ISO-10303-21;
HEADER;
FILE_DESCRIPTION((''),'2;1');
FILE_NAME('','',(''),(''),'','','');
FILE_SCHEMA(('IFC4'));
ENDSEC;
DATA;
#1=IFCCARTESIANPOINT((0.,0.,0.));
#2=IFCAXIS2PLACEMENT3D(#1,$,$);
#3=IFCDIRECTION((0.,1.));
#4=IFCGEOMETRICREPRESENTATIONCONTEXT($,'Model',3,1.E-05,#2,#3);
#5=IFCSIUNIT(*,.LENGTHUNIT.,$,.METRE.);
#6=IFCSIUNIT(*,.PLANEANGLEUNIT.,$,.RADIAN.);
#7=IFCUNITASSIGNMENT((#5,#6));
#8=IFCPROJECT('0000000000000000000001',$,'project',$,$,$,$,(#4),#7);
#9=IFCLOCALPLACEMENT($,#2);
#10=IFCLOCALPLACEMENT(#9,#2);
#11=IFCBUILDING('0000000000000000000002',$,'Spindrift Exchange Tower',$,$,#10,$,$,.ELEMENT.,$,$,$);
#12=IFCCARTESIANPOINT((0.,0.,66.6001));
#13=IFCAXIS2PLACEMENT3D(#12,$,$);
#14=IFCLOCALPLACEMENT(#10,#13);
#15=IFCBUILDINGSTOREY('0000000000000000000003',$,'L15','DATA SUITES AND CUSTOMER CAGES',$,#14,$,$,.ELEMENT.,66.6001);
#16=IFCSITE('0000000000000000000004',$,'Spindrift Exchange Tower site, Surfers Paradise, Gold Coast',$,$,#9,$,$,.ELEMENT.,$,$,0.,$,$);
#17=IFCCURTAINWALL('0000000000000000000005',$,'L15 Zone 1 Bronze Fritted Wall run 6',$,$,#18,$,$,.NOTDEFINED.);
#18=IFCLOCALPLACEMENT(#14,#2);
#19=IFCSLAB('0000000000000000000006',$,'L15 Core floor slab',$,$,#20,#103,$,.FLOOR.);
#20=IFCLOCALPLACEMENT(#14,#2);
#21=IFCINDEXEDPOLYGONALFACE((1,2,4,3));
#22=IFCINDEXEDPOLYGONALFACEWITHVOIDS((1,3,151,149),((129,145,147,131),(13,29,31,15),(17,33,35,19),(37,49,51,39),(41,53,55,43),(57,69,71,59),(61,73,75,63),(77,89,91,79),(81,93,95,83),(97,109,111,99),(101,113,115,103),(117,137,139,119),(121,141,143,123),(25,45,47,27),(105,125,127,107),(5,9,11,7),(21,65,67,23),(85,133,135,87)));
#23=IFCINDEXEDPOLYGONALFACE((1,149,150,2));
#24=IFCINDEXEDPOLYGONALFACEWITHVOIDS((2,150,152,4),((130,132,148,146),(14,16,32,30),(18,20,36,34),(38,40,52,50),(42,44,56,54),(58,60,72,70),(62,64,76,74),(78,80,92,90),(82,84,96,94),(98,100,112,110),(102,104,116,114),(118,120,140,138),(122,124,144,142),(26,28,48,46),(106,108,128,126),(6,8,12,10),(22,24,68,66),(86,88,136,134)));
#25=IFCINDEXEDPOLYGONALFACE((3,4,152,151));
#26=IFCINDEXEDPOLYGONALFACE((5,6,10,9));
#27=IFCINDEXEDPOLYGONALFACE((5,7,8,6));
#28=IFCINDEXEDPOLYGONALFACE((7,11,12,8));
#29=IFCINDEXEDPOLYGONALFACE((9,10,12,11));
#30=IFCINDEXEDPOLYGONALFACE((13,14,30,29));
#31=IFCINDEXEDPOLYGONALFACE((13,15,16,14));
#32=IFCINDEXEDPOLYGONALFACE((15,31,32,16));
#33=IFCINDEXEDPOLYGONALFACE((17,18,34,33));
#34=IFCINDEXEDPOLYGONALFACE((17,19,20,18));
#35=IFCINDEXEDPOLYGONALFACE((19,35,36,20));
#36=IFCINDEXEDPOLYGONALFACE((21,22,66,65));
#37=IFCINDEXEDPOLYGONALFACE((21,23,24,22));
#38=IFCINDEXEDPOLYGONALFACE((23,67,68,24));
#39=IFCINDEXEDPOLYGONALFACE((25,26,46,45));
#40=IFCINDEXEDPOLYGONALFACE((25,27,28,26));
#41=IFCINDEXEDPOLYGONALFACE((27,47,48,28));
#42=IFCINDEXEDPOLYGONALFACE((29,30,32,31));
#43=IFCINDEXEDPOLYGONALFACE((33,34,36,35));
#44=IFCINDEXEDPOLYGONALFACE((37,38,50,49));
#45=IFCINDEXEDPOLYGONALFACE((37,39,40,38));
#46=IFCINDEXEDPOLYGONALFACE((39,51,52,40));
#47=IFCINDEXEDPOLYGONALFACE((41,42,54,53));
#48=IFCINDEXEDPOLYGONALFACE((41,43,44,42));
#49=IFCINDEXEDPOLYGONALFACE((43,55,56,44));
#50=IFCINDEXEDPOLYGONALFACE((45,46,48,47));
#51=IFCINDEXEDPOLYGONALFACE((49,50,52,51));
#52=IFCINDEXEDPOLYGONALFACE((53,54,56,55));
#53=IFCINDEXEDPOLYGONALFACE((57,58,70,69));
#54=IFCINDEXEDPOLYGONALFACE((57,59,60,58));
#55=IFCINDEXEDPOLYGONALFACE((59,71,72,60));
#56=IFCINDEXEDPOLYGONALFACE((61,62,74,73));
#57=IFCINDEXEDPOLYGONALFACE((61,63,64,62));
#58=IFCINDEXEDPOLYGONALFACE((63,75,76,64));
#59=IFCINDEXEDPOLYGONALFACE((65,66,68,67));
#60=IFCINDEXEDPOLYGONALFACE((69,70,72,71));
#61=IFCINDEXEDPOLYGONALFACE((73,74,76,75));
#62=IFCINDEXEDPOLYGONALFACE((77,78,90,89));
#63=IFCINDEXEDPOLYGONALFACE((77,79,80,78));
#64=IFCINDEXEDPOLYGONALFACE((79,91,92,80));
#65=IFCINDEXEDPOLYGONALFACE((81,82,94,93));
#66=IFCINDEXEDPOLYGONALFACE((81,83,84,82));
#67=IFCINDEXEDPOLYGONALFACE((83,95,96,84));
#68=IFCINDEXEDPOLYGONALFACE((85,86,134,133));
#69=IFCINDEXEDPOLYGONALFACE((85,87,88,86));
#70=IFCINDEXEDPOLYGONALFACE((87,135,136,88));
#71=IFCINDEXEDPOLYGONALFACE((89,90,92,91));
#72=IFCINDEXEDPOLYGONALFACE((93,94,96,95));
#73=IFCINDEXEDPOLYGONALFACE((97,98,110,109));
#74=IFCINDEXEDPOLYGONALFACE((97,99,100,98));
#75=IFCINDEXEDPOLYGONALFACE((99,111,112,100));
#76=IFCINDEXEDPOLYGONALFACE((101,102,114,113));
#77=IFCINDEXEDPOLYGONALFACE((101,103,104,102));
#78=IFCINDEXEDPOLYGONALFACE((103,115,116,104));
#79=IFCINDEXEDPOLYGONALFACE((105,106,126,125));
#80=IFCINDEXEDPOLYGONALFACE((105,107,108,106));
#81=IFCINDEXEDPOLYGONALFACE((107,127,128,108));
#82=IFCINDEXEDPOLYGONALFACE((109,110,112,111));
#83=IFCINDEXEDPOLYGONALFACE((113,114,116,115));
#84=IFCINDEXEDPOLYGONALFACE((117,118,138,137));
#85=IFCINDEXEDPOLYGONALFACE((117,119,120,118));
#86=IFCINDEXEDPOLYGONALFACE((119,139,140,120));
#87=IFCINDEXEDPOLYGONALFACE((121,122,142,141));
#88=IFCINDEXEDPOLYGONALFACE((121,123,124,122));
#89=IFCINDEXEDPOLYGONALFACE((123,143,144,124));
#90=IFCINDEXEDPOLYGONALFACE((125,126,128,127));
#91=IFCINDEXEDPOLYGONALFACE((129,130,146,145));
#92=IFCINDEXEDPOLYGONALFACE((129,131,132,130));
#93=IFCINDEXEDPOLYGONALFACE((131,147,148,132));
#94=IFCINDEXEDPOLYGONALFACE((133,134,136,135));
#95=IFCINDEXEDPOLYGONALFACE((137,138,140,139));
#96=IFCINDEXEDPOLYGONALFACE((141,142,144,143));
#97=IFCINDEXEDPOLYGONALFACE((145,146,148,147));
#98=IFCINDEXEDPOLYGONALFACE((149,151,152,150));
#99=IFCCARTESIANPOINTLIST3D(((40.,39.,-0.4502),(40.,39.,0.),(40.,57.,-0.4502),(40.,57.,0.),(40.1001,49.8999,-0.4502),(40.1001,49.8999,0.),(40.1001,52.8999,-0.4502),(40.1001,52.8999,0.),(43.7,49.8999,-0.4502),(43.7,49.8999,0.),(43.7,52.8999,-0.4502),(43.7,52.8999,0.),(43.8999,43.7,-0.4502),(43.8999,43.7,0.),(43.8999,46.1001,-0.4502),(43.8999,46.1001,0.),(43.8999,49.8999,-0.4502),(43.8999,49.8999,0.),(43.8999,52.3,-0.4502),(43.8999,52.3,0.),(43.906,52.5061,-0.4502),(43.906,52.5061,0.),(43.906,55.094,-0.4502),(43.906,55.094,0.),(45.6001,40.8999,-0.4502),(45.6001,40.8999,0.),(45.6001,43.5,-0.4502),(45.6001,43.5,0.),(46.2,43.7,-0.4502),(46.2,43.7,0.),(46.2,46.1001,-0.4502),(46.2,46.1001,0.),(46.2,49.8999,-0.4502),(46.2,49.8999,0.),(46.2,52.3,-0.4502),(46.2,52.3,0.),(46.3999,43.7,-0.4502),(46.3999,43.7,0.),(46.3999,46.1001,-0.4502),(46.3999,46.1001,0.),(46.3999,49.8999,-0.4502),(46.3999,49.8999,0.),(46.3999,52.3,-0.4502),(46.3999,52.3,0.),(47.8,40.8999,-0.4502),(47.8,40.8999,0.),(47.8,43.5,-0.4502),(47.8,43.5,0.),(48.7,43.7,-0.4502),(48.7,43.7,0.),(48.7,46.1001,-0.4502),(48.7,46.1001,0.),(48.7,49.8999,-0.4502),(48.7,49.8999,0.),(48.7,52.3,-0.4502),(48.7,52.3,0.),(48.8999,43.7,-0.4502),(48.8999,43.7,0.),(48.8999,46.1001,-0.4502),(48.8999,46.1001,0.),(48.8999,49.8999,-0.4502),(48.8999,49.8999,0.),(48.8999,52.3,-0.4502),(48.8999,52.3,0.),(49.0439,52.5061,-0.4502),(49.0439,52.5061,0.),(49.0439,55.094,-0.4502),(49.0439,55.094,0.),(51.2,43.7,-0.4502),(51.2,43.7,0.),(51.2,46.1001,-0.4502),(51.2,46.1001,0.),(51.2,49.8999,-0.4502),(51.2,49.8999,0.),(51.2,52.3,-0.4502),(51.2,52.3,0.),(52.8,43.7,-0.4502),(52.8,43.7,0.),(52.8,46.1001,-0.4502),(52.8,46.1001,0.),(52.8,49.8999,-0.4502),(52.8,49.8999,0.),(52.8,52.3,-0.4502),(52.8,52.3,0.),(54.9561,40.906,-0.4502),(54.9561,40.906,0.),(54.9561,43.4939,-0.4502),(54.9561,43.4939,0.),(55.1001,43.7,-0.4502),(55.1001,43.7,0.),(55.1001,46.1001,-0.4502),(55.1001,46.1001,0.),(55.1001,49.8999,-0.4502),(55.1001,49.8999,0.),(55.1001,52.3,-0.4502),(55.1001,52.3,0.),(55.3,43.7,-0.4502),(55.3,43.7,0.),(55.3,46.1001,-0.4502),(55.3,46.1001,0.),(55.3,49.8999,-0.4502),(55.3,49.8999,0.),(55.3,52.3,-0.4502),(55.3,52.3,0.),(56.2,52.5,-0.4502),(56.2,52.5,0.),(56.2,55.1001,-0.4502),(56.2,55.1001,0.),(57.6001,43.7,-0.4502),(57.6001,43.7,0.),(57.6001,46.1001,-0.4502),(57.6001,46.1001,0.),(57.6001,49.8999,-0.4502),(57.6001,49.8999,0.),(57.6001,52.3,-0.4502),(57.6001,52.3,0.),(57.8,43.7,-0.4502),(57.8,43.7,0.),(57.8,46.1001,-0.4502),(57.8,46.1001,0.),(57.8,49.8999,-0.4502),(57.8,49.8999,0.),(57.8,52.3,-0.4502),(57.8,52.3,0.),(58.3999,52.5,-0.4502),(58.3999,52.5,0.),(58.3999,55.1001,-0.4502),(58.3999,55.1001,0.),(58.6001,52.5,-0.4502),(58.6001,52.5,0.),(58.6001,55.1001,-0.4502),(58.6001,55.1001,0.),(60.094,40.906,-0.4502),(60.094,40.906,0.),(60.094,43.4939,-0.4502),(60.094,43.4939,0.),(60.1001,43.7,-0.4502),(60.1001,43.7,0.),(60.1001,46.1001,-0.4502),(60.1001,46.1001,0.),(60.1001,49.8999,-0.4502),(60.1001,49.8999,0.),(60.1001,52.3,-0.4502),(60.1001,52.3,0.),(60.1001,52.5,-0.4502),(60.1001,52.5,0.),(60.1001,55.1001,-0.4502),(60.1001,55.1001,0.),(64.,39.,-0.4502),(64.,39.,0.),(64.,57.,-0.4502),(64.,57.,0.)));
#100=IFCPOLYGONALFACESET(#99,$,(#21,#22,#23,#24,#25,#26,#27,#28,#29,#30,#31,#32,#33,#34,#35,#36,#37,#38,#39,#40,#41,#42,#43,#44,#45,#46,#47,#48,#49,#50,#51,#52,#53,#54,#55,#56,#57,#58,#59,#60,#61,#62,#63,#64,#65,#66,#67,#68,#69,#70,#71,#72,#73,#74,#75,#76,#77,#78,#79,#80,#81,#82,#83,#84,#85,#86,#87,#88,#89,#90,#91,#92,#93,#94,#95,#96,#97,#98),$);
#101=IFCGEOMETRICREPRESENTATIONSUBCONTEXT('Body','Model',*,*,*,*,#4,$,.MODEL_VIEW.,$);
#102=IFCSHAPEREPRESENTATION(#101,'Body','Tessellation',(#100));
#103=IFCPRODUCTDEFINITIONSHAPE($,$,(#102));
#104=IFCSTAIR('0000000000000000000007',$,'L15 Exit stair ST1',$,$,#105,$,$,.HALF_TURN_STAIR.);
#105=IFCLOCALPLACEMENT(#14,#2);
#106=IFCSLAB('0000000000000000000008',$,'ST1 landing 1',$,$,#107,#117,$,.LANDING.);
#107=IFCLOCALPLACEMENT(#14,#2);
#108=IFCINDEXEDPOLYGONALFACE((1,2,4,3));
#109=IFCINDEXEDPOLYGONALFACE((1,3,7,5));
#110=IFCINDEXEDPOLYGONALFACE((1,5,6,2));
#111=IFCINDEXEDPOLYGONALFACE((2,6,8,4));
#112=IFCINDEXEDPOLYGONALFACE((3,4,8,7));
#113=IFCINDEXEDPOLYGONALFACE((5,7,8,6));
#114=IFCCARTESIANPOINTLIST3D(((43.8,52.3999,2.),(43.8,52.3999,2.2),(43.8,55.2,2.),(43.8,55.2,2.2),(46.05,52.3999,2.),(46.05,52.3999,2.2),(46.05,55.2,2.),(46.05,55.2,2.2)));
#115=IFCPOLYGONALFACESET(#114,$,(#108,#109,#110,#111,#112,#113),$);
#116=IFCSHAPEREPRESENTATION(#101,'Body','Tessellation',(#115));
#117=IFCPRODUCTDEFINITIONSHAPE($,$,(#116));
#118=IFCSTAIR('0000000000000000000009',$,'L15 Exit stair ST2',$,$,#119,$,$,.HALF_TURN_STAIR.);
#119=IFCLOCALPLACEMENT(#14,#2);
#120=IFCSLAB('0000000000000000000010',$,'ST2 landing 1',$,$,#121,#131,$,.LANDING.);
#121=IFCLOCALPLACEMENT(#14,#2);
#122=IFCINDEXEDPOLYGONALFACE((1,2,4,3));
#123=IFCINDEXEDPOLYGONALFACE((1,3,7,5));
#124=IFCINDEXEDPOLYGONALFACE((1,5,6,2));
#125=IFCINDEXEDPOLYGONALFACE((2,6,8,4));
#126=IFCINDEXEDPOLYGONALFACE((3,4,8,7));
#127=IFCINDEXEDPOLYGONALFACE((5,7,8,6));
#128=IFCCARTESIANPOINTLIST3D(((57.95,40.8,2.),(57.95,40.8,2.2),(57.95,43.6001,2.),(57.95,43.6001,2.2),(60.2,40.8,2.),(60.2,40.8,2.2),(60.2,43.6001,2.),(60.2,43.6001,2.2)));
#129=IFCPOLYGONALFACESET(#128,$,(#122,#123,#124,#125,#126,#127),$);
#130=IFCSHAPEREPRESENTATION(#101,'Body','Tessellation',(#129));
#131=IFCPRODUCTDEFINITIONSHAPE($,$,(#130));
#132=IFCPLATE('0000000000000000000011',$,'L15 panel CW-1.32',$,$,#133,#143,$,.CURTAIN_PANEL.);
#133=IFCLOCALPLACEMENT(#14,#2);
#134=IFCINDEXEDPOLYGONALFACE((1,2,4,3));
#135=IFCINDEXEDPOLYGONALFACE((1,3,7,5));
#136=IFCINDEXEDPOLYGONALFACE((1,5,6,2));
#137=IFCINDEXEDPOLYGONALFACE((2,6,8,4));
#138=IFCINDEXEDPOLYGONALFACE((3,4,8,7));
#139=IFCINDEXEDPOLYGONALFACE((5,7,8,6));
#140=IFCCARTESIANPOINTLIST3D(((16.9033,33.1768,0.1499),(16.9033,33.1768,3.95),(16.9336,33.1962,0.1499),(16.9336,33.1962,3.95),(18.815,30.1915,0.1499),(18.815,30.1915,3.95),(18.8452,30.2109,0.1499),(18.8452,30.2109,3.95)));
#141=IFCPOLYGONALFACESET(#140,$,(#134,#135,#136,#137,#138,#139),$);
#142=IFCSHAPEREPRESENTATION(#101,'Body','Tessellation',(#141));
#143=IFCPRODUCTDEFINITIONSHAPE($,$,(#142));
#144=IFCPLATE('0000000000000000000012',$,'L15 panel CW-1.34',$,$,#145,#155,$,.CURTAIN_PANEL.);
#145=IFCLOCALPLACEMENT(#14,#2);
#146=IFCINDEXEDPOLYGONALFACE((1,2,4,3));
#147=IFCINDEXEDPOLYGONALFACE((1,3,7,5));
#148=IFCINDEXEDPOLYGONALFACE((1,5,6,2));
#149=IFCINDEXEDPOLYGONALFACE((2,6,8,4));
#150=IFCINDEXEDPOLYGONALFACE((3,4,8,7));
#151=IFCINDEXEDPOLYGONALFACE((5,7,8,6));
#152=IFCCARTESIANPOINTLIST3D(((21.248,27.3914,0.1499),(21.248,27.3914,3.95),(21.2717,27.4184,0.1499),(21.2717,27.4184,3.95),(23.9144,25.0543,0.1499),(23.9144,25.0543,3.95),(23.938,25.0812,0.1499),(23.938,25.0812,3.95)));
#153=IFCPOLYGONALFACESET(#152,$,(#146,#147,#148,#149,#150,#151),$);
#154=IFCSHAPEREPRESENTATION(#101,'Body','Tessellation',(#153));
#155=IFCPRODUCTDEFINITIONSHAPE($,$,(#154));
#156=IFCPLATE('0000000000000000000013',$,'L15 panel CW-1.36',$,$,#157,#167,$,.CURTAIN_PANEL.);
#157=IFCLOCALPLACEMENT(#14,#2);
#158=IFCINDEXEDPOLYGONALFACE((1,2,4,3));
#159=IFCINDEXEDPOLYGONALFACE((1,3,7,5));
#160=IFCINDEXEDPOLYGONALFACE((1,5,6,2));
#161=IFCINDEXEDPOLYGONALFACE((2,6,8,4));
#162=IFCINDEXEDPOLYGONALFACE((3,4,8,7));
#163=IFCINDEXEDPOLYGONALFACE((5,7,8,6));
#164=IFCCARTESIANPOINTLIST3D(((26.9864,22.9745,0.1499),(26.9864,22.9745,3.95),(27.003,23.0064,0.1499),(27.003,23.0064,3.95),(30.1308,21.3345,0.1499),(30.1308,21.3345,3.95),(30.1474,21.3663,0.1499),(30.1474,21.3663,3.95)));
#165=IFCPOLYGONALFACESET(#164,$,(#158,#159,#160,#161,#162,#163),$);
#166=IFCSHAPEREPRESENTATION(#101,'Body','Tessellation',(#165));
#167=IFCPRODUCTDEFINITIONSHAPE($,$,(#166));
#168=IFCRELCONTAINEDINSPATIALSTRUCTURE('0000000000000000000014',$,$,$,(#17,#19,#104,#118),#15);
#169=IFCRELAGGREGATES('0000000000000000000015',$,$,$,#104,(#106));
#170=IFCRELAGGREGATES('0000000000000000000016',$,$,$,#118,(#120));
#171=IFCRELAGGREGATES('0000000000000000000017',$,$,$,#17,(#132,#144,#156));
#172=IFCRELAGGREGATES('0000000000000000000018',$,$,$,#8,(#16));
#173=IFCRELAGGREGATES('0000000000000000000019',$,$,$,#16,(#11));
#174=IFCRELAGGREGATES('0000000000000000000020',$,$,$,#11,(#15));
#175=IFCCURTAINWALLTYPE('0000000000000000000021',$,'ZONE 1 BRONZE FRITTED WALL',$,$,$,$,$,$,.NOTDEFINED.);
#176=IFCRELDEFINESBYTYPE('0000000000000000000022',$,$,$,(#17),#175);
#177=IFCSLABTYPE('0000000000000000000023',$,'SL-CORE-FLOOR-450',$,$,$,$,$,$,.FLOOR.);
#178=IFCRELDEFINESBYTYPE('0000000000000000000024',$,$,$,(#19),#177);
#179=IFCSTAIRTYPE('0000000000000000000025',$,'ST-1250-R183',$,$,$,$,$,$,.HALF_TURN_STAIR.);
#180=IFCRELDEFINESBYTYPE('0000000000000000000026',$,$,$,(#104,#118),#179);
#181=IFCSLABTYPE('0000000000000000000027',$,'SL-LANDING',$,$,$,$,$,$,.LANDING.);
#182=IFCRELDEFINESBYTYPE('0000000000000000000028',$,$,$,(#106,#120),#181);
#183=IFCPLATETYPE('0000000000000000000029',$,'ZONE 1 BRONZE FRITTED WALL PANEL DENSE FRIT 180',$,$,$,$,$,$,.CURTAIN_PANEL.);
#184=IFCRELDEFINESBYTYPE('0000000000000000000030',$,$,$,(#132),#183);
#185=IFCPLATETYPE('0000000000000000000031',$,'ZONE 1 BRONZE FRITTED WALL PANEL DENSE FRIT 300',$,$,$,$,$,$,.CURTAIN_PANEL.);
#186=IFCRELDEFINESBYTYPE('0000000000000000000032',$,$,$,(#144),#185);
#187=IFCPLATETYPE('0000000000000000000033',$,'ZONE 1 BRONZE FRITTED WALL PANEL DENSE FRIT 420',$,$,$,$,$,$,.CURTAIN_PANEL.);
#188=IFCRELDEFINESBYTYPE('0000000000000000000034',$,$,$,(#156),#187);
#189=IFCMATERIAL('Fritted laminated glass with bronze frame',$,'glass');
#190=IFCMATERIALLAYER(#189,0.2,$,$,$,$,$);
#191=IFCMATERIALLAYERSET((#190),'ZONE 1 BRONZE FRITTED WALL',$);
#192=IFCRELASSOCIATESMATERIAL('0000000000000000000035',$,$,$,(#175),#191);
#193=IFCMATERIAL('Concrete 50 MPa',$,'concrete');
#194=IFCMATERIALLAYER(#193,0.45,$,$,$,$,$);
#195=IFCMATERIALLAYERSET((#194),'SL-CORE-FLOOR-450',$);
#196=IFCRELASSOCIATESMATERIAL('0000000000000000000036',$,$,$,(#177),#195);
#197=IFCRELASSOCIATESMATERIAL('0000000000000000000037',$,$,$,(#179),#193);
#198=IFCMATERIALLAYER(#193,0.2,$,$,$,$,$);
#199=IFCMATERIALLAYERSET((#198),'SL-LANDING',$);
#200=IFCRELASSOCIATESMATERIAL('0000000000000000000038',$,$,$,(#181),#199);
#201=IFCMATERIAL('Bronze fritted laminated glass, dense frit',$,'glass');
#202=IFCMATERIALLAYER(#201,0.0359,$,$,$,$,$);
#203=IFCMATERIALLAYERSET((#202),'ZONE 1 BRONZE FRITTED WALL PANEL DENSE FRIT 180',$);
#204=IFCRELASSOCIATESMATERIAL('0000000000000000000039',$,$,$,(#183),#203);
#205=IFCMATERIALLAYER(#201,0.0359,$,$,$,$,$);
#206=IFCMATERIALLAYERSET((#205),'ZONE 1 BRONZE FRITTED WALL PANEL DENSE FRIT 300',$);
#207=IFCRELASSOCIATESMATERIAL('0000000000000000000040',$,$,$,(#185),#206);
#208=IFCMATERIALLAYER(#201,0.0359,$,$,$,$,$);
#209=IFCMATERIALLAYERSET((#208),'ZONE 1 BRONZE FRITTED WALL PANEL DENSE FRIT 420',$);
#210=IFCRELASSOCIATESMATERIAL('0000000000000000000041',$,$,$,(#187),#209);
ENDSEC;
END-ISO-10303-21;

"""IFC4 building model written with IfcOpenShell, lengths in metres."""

from ifc_helpers import new_model, si_unit, direction, frame, origin, origin_2d, place, context, subcontext, project, spatial, line, indexed_curve, rectangle, outline, extrude, source, transform, mapped, material, layer, layer_set, type_object, element, aggregate, save


model = new_model("IFC4")

# Units and contexts
model_context = context("Model", 3, precision=1e-05, world=origin(), true_north=direction((0.0, 1.0)))
body_context = subcontext(model_context, "Body", "Model", "MODEL_VIEW")
ifc_project = project(units=[si_unit("LENGTHUNIT", "METRE"), si_unit("PLANEANGLEUNIT", "RADIAN")], contexts=[model_context])

# Site, building, storey
site_placement = place(None, origin())
site = spatial("IfcSite", under=ifc_project, at=site_placement, Name="Spindrift Exchange Tower site, Surfers Paradise, Gold Coast", CompositionType="ELEMENT", RefElevation=0.0)
building_placement = place(site_placement, origin())
building = spatial("IfcBuilding", under=site, at=building_placement, Name="Spindrift Exchange Tower", CompositionType="ELEMENT")
storey_placement = place(building_placement, frame((0.0, 0.0, 66.6001)))
storey = spatial("IfcBuildingStorey", under=building, at=storey_placement, Name="L15", Description="DATA SUITES AND CUSTOMER CAGES", CompositionType="ELEMENT", Elevation=66.6001)

# Curtain wall
ifc_material_1 = material(Name="Fritted laminated glass with bronze frame", Category="glass")
ifc_layer_1 = layer(ifc_material_1, 0.2)
ifc_layer_set_1 = layer_set([ifc_layer_1], Name="ZONE 1 BRONZE FRITTED WALL")
curtain_wall_type = type_object("IfcCurtainWallType", Name="ZONE 1 BRONZE FRITTED WALL", PredefinedType="NOTDEFINED", material=ifc_layer_set_1)
curtain_wall_1_placement = place(storey_placement, origin())
curtain_wall_1 = element("IfcCurtainWall", 1, at=curtain_wall_1_placement, inside=storey, type_object=curtain_wall_type, Name="L15 Zone 1 Bronze Fritted Wall run 6", PredefinedType="NOTDEFINED")

# Slab
ifc_material_2 = material(Name="Concrete 50 MPa", Category="concrete")
ifc_layer_2 = layer(ifc_material_2, 0.45)
ifc_layer_set_2 = layer_set([ifc_layer_2], Name="SL-CORE-FLOOR-450")
slab_type_1 = type_object("IfcSlabType", Name="SL-CORE-FLOOR-450", PredefinedType="FLOOR", material=ifc_layer_set_2)
slab_1_placement = place(storey_placement, frame((0.0, 0.0, -0.4502)))
element("IfcSlab", 2, at=slab_1_placement, inside=storey, type_object=slab_type_1, Name="L15 Core floor slab", PredefinedType="FLOOR", context=body_context, shape_type="SweptSolid", body=[
    extrude(outline(indexed_curve([(40.0, 39.0), (40.0, 57.0), (64.0, 57.0), (64.0, 39.0)], segments=[line(1, 2, 3, 4, 1)], self_intersect=False), holes=[indexed_curve([(47.8, 43.5), (45.6001, 43.5), (45.6001, 40.8999), (47.8, 40.8999)], segments=[line(1, 2, 3, 4, 1)], self_intersect=False), indexed_curve([(46.2, 46.1001), (43.8999, 46.1001), (43.8999, 43.7), (46.2, 43.7)], segments=[line(1, 2, 3, 4, 1)], self_intersect=False), indexed_curve([(48.7, 46.1001), (46.3999, 46.1001), (46.3999, 43.7), (48.7, 43.7)], segments=[line(1, 2, 3, 4, 1)], self_intersect=False), indexed_curve([(51.2, 46.1001), (48.8999, 46.1001), (48.8999, 43.7), (51.2, 43.7)], segments=[line(1, 2, 3, 4, 1)], self_intersect=False), indexed_curve([(46.2, 52.3), (43.8999, 52.3), (43.8999, 49.8999), (46.2, 49.8999)], segments=[line(1, 2, 3, 4, 1)], self_intersect=False), indexed_curve([(48.7, 52.3), (46.3999, 52.3), (46.3999, 49.8999), (48.7, 49.8999)], segments=[line(1, 2, 3, 4, 1)], self_intersect=False), indexed_curve([(51.2, 52.3), (48.8999, 52.3), (48.8999, 49.8999), (51.2, 49.8999)], segments=[line(1, 2, 3, 4, 1)], self_intersect=False), indexed_curve([(43.7, 49.8999), (43.7, 52.8999), (40.1001, 52.8999), (40.1001, 49.8999)], segments=[line(1, 2, 3, 4, 1)], self_intersect=False), indexed_curve([(49.0439, 55.094), (43.906, 55.094), (43.906, 52.5061), (49.0439, 52.5061)], segments=[line(1, 2, 3, 4, 1)], self_intersect=False), indexed_curve([(60.094, 40.906), (60.094, 43.4939), (54.9561, 43.4939), (54.9561, 40.906)], segments=[line(1, 2, 3, 4, 1)], self_intersect=False), indexed_curve([(55.1001, 46.1001), (52.8, 46.1001), (52.8, 43.7), (55.1001, 43.7)], segments=[line(1, 2, 3, 4, 1)], self_intersect=False), indexed_curve([(57.6001, 46.1001), (55.3, 46.1001), (55.3, 43.7), (57.6001, 43.7)], segments=[line(1, 2, 3, 4, 1)], self_intersect=False), indexed_curve([(60.1001, 46.1001), (57.8, 46.1001), (57.8, 43.7), (60.1001, 43.7)], segments=[line(1, 2, 3, 4, 1)], self_intersect=False), indexed_curve([(55.1001, 52.3), (52.8, 52.3), (52.8, 49.8999), (55.1001, 49.8999)], segments=[line(1, 2, 3, 4, 1)], self_intersect=False), indexed_curve([(57.6001, 52.3), (55.3, 52.3), (55.3, 49.8999), (57.6001, 49.8999)], segments=[line(1, 2, 3, 4, 1)], self_intersect=False), indexed_curve([(60.1001, 52.3), (57.8, 52.3), (57.8, 49.8999), (60.1001, 49.8999)], segments=[line(1, 2, 3, 4, 1)], self_intersect=False), indexed_curve([(58.3999, 52.5), (58.3999, 55.1001), (56.2, 55.1001), (56.2, 52.5)], segments=[line(1, 2, 3, 4, 1)], self_intersect=False), indexed_curve([(60.1001, 52.5), (60.1001, 55.1001), (58.6001, 55.1001), (58.6001, 52.5)], segments=[line(1, 2, 3, 4, 1)], self_intersect=False)]), origin(), (0.0, 0.0, 1.0), 0.4502),
])

# Stairs, slabs
stair_type = type_object("IfcStairType", Name="ST-1250-R183", PredefinedType="HALF_TURN_STAIR", material=ifc_material_2)
stair_1_placement = place(storey_placement, origin())
stair_1 = element("IfcStair", 3, at=stair_1_placement, inside=storey, type_object=stair_type, Name="L15 Exit stair ST1", PredefinedType="HALF_TURN_STAIR")
ifc_layer_3 = layer(ifc_material_2, 0.2)
ifc_layer_set_3 = layer_set([ifc_layer_3], Name="SL-LANDING")
slab_type_2 = type_object("IfcSlabType", Name="SL-LANDING", PredefinedType="LANDING", material=ifc_layer_set_3)
slab_2_placement = place(storey_placement, frame((0.0, 0.0, 2.0)))
slab_2 = element("IfcSlab", 4, at=slab_2_placement, type_object=slab_type_2, Name="ST1 landing 1", PredefinedType="LANDING", context=body_context, shape_type="SweptSolid", body=[
    extrude(outline(indexed_curve([(46.05, 52.3999), (43.8, 52.3999), (43.8, 55.2), (46.05, 55.2)], segments=[line(1, 2, 3, 4, 1)], self_intersect=False)), origin(), (0.0, 0.0, 1.0), 0.2),
])
aggregate(stair_1, [slab_2])
stair_2_placement = place(storey_placement, origin())
stair_2 = element("IfcStair", 5, at=stair_2_placement, inside=storey, type_object=stair_type, Name="L15 Exit stair ST2", PredefinedType="HALF_TURN_STAIR")
slab_3_placement = place(storey_placement, frame((0.0, 0.0, 2.0)))
slab_3 = element("IfcSlab", 6, at=slab_3_placement, type_object=slab_type_2, Name="ST2 landing 1", PredefinedType="LANDING", context=body_context, shape_type="SweptSolid", body=[
    extrude(outline(indexed_curve([(57.95, 43.6001), (60.2, 43.6001), (60.2, 40.8), (57.95, 40.8)], segments=[line(1, 2, 3, 4, 1)], self_intersect=False)), origin(), (0.0, 0.0, 1.0), 0.2),
])
aggregate(stair_2, [slab_3])

# Plates
ifc_material_3 = material(Name="Bronze fritted laminated glass, dense frit", Category="glass")
ifc_layer_4 = layer(ifc_material_3, 0.0359)
ifc_layer_set_4 = layer_set([ifc_layer_4], Name="ZONE 1 BRONZE FRITTED WALL PANEL DENSE FRIT 180")
plate_type_1 = type_object("IfcPlateType", Name="ZONE 1 BRONZE FRITTED WALL PANEL DENSE FRIT 180", PredefinedType="CURTAIN_PANEL", material=ifc_layer_set_4)
shared_shape_1 = source(origin(), body_context, "Body", "SweptSolid", [
    extrude(rectangle(XDim=3.5449, YDim=0.0359, at=origin_2d()), origin(), (0.0, 0.0, 1.0), 3.8),
])
plate_1_placement = place(storey_placement, frame((17.8743, 31.6938, 0.1499), z_axis=(0.0, 0.0, 1.0), x_axis=(0.539256, -0.842142, 0.0)))
plate_1 = element("IfcPlate", 7, at=plate_1_placement, type_object=plate_type_1, Name="L15 panel CW-1.32", PredefinedType="CURTAIN_PANEL", context=body_context, shape_type="MappedRepresentation", body=[
    mapped(shared_shape_1, transform((0.0, 0.0, 0.0), scale=1.0)),
])
ifc_layer_5 = layer(ifc_material_3, 0.0359)
ifc_layer_set_5 = layer_set([ifc_layer_5], Name="ZONE 1 BRONZE FRITTED WALL PANEL DENSE FRIT 300")
plate_type_2 = type_object("IfcPlateType", Name="ZONE 1 BRONZE FRITTED WALL PANEL DENSE FRIT 300", PredefinedType="CURTAIN_PANEL", material=ifc_layer_set_5)
shared_shape_2 = source(origin(), body_context, "Body", "SweptSolid", [
    extrude(rectangle(XDim=3.5457, YDim=0.0359, at=origin_2d()), origin(), (0.0, 0.0, 1.0), 3.8),
])
plate_2_placement = place(storey_placement, frame((22.593, 26.2363, 0.1499), z_axis=(0.0, 0.0, 1.0), x_axis=(0.752001, -0.659162, 0.0)))
plate_2 = element("IfcPlate", 8, at=plate_2_placement, type_object=plate_type_2, Name="L15 panel CW-1.34", PredefinedType="CURTAIN_PANEL", context=body_context, shape_type="MappedRepresentation", body=[
    mapped(shared_shape_2, transform((0.0, 0.0, 0.0), scale=1.0)),
])
ifc_layer_6 = layer(ifc_material_3, 0.0359)
ifc_layer_set_6 = layer_set([ifc_layer_6], Name="ZONE 1 BRONZE FRITTED WALL PANEL DENSE FRIT 420")
plate_type_3 = type_object("IfcPlateType", Name="ZONE 1 BRONZE FRITTED WALL PANEL DENSE FRIT 420", PredefinedType="CURTAIN_PANEL", material=ifc_layer_set_6)
shared_shape_3 = source(origin(), body_context, "Body", "SweptSolid", [
    extrude(rectangle(XDim=3.5464, YDim=0.0359, at=origin_2d()), origin(), (0.0, 0.0, 1.0), 3.8),
])
plate_3_placement = place(storey_placement, frame((28.5669, 22.1704, 0.1499), z_axis=(0.0, 0.0, 1.0), x_axis=(0.886636, -0.462468, 0.0)))
plate_3 = element("IfcPlate", 9, at=plate_3_placement, type_object=plate_type_3, Name="L15 panel CW-1.36", PredefinedType="CURTAIN_PANEL", context=body_context, shape_type="MappedRepresentation", body=[
    mapped(shared_shape_3, transform((0.0, 0.0, 0.0), scale=1.0)),
])
aggregate(curtain_wall_1, [plate_1, plate_2, plate_3])

save(model, "model.ifc")
